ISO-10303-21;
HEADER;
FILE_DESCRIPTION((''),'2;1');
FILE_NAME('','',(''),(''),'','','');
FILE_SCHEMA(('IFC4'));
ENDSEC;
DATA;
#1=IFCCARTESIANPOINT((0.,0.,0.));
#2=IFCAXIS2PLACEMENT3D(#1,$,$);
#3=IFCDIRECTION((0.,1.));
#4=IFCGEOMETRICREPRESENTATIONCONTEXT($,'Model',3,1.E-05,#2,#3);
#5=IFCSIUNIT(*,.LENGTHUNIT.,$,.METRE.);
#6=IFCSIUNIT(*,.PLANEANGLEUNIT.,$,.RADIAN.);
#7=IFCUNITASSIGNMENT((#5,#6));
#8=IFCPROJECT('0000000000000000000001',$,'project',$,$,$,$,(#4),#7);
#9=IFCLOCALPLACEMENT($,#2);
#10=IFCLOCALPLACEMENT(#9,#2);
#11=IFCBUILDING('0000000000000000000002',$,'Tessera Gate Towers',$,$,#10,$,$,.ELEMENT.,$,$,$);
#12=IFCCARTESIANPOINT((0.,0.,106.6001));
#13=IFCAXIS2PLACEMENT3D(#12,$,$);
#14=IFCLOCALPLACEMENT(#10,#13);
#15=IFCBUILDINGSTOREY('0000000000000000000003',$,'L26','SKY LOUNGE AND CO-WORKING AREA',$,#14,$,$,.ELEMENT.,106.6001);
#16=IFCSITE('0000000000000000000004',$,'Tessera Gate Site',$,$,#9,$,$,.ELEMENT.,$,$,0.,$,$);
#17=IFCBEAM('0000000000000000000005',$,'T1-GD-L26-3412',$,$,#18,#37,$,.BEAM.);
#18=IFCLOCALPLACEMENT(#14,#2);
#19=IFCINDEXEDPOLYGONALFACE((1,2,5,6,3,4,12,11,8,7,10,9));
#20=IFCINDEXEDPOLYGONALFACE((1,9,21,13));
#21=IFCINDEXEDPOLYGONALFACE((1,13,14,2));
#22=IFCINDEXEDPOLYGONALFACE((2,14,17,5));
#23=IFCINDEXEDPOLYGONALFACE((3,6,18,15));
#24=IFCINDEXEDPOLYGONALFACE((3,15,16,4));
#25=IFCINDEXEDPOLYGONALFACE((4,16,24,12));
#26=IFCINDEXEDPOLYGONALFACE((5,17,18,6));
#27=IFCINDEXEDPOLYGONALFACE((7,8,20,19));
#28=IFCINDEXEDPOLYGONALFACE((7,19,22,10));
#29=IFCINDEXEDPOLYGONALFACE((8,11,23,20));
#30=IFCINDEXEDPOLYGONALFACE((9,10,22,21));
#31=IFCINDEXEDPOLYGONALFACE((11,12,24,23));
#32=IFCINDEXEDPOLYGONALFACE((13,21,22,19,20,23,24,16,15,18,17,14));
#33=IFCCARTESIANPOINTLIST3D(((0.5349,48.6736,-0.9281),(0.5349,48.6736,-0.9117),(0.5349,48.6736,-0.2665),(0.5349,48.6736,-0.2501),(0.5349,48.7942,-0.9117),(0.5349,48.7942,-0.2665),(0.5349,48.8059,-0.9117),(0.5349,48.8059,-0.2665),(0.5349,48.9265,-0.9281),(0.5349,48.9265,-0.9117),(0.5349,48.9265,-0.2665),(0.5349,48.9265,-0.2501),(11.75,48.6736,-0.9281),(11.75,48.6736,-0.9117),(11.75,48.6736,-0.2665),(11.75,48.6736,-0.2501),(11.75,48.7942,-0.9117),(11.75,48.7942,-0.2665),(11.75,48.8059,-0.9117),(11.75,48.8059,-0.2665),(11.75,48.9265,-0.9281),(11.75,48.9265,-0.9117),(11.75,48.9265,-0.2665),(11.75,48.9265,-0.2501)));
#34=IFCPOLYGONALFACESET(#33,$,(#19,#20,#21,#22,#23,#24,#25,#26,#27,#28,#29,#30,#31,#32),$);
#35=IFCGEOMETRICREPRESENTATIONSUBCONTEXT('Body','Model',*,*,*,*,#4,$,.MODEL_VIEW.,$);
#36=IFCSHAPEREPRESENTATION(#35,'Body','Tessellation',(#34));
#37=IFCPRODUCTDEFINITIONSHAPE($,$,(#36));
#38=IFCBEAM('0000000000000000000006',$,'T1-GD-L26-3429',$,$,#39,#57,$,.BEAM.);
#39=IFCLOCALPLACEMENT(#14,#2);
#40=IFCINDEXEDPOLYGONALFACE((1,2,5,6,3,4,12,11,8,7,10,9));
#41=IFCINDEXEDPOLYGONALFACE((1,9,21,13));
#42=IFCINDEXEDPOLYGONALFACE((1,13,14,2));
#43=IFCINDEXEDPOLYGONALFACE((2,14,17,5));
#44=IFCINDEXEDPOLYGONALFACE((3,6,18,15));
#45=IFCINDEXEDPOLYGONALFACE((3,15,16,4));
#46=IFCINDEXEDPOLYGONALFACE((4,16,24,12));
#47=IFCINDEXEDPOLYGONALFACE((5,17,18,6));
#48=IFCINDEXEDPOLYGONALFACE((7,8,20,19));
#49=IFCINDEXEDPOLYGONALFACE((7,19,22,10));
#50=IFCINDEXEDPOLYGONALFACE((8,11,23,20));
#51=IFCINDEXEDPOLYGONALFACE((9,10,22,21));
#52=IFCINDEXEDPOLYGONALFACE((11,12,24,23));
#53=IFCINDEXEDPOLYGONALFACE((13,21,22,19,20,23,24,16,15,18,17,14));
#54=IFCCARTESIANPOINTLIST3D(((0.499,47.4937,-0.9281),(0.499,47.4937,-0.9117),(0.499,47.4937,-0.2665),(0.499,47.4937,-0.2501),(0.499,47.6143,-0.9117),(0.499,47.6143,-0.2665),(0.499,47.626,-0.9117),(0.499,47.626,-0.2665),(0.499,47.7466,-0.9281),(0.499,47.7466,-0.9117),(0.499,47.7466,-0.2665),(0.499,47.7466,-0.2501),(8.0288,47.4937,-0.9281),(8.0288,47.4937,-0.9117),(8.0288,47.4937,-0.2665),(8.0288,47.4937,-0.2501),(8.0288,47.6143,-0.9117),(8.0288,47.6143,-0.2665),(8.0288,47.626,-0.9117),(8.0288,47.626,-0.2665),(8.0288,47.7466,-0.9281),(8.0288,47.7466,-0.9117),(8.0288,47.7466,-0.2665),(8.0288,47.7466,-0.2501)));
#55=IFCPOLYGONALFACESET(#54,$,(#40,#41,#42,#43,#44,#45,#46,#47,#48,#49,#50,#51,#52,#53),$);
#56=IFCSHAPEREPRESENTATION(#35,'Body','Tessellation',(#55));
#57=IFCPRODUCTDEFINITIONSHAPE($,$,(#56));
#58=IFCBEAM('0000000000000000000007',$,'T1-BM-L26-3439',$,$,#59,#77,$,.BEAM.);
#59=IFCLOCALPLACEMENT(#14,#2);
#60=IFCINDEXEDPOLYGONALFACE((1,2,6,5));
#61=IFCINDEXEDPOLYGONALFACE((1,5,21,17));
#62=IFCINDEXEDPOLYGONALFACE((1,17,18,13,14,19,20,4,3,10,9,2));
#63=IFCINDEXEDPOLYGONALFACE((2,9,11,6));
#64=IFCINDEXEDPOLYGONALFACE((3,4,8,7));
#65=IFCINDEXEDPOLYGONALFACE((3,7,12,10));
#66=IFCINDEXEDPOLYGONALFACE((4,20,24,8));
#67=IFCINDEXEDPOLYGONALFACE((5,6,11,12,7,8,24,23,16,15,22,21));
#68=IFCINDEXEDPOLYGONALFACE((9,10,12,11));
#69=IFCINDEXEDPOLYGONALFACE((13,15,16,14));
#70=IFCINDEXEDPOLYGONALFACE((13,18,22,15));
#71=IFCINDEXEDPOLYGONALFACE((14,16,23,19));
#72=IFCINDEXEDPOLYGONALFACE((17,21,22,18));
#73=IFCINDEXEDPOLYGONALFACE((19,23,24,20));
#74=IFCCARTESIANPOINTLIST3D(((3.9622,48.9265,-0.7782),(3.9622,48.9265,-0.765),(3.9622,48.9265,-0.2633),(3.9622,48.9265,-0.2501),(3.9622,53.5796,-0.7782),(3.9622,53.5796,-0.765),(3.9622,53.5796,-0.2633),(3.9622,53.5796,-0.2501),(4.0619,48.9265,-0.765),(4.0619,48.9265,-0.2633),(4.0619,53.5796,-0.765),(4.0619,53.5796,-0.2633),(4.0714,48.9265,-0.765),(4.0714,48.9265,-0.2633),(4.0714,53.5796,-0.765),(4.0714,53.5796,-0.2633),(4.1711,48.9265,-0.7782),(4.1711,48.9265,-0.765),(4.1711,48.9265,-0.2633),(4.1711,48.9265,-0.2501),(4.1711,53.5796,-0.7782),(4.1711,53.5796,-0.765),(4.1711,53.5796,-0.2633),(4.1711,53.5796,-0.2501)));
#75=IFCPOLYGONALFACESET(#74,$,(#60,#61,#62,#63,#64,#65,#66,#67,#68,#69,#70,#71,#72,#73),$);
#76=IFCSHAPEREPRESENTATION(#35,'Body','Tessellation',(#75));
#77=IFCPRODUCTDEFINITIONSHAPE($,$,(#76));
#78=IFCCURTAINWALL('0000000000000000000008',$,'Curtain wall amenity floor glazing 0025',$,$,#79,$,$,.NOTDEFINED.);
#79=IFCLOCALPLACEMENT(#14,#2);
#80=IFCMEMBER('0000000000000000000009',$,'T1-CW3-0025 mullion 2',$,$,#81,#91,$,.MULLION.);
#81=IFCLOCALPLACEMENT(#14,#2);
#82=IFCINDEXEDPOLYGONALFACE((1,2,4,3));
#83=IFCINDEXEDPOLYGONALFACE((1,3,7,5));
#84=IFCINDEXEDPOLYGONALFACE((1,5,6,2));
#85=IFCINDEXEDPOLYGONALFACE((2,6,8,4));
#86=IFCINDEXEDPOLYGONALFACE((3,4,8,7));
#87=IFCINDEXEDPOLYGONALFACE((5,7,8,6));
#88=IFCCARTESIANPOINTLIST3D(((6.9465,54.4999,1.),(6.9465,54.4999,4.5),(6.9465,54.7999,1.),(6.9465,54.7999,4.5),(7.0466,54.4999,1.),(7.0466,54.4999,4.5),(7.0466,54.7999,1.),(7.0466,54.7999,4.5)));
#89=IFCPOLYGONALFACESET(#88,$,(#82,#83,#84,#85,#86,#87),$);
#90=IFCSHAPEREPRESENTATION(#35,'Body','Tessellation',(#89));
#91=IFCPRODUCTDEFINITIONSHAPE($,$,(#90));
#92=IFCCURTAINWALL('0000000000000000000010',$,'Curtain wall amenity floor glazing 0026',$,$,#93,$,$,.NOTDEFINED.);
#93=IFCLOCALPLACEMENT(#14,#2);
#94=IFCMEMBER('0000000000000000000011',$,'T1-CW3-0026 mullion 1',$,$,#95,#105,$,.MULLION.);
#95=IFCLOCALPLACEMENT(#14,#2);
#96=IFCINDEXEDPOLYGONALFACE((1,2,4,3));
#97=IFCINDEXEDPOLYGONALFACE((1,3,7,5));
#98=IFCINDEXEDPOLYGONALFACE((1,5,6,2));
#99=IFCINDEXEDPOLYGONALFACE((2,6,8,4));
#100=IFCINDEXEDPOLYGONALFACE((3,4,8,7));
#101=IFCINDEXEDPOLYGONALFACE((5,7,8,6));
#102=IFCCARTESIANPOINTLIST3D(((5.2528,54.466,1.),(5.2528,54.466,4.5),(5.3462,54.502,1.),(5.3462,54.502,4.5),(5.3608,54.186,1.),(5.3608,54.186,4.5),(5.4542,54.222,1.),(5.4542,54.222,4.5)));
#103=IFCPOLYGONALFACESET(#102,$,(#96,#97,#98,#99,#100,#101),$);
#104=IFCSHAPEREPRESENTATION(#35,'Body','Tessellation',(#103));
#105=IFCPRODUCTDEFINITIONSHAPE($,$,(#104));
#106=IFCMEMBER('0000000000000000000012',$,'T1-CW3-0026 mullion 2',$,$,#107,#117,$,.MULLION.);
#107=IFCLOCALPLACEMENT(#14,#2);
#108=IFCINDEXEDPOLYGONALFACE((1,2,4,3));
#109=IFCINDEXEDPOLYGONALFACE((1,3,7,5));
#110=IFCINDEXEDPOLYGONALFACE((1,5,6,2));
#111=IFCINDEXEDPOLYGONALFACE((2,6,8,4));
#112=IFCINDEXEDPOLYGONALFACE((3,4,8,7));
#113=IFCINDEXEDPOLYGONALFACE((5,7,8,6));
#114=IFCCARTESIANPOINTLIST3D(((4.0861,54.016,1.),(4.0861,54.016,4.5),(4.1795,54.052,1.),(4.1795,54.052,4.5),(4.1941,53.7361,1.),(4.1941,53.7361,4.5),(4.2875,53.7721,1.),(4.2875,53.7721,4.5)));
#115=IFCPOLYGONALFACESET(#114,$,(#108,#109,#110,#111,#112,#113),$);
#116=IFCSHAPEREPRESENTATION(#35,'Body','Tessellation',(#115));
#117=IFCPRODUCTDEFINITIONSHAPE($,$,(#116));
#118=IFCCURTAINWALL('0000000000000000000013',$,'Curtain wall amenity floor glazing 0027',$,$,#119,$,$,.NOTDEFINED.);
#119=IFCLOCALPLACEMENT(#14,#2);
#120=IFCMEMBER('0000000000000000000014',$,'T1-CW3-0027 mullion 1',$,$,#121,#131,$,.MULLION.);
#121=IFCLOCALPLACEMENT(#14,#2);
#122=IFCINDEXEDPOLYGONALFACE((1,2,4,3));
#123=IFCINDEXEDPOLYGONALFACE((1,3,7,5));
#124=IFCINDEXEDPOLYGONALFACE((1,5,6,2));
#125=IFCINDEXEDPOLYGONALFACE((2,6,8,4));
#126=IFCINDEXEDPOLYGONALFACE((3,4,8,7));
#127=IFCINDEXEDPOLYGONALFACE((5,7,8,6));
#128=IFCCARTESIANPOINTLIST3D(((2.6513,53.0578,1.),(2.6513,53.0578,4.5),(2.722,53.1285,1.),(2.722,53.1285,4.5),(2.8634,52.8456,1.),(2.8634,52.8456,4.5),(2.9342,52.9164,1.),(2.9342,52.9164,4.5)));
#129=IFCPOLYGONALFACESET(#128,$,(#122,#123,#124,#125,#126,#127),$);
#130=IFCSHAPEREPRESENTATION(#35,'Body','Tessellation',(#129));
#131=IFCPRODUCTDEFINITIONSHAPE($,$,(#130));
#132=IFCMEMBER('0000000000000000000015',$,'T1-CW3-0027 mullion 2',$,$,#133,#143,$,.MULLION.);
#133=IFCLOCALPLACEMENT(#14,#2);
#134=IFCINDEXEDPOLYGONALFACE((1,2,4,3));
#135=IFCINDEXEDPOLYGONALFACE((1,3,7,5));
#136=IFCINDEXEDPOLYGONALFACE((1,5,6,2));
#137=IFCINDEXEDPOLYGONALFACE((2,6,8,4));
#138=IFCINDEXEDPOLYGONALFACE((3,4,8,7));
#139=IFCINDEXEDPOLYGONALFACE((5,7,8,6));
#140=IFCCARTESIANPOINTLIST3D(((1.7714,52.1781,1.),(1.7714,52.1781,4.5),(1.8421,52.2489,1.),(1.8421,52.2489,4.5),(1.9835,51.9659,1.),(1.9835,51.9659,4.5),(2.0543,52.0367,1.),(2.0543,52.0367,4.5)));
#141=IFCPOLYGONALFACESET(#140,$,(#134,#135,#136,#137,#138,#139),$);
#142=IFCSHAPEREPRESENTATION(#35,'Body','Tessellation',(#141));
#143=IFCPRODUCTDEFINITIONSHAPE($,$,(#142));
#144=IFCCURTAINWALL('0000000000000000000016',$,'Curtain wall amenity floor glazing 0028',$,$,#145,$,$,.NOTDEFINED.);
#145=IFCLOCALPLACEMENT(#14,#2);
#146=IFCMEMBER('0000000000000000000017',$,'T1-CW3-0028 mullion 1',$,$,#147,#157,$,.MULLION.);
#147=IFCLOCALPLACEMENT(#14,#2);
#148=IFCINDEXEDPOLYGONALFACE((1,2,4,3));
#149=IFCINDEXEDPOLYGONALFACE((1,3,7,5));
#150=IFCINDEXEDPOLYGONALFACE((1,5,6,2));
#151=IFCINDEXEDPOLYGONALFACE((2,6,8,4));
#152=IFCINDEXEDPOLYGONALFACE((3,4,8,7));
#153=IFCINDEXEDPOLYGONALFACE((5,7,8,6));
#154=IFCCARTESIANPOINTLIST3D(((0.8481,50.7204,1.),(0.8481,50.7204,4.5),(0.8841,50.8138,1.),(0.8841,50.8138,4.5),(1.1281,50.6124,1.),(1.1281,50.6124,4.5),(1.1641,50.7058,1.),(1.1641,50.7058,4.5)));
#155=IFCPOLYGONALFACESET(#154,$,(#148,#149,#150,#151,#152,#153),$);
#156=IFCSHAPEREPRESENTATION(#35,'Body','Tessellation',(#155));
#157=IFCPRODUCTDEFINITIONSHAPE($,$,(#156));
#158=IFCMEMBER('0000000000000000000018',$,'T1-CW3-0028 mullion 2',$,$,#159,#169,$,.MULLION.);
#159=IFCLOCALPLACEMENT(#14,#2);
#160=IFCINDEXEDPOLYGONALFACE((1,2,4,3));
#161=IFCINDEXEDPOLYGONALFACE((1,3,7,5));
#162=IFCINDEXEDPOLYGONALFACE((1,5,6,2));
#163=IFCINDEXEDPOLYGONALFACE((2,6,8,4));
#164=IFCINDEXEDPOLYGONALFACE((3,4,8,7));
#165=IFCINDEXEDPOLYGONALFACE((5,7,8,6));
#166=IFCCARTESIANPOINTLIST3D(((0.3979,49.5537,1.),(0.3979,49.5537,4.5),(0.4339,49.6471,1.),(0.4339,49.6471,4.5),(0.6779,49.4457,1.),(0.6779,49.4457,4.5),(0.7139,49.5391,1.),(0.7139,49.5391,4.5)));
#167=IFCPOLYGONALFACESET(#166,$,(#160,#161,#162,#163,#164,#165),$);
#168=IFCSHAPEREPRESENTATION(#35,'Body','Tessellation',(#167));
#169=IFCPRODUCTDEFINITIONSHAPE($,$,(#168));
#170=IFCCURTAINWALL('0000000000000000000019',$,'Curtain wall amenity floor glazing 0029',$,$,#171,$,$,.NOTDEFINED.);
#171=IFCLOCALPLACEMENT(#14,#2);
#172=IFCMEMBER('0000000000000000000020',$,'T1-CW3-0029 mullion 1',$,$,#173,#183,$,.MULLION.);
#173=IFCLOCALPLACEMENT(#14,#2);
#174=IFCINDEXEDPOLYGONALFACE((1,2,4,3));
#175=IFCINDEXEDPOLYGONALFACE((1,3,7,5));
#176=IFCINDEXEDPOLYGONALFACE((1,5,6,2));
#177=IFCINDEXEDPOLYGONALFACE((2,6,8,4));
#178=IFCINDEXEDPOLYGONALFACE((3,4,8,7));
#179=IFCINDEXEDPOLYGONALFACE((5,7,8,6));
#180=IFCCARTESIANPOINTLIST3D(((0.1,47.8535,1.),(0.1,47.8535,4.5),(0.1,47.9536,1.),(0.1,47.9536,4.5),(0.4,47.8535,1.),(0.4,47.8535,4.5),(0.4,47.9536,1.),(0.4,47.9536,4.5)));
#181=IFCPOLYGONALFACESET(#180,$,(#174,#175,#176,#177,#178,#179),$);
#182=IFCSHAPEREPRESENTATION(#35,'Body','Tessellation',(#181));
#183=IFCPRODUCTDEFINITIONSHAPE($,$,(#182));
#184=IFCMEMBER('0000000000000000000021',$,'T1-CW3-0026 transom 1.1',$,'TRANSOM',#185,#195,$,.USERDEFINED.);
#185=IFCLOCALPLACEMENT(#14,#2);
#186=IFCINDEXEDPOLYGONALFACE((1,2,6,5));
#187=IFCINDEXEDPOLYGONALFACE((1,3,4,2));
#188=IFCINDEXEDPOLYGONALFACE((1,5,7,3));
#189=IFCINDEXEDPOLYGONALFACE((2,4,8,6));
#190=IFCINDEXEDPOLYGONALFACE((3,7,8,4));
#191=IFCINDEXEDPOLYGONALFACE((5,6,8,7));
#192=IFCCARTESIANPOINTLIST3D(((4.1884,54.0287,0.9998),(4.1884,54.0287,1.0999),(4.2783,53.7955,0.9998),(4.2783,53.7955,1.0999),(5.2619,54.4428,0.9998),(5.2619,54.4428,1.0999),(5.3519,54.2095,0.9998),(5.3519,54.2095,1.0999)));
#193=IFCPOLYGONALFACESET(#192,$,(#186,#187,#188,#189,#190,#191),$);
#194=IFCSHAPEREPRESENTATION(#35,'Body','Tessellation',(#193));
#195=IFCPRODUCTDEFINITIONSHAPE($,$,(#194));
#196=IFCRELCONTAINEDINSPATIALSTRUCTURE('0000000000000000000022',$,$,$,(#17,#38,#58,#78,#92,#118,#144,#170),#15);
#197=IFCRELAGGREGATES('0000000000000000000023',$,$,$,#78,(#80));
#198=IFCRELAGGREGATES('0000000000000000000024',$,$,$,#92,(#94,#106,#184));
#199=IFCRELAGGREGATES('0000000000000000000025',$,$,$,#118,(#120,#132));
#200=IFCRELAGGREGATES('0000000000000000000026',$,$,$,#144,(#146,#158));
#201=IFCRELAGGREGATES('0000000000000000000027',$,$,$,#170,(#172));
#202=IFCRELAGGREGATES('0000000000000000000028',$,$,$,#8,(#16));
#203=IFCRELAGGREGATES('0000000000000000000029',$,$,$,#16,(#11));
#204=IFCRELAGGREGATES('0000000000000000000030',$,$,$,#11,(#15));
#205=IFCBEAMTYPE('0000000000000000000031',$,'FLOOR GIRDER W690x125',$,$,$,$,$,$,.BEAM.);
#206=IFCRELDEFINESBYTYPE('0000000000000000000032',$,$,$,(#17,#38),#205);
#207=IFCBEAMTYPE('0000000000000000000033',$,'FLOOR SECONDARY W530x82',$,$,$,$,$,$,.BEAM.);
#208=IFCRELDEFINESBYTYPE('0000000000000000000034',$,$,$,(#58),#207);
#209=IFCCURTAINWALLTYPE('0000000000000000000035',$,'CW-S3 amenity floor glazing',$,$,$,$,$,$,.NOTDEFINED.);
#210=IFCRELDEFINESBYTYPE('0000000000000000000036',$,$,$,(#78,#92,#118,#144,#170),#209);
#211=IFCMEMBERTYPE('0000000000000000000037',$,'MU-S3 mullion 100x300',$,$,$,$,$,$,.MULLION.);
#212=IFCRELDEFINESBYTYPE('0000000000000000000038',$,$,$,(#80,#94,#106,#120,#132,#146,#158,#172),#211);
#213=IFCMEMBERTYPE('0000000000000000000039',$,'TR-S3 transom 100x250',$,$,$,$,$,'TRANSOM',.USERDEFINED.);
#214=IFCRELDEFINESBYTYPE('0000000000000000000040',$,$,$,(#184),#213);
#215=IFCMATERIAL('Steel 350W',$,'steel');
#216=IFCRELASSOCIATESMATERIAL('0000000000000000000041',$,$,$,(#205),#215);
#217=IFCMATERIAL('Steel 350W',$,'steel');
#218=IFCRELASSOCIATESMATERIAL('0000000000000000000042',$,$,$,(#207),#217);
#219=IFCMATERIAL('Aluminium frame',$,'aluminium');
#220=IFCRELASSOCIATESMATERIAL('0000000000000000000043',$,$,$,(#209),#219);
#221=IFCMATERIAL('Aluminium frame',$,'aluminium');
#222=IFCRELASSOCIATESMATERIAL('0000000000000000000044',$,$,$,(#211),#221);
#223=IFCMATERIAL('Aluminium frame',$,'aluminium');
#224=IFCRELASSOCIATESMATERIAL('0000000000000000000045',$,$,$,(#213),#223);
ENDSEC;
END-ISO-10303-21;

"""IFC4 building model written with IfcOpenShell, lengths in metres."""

from ifc_helpers import new_model, si_unit, direction, frame, origin, origin_2d, place, context, subcontext, project, spatial, rectangle, i_section, extrude, material, material_profile, profile_set, type_object, element, aggregate, save


model = new_model("IFC4")

# Units and contexts
model_context = context("Model", 3, precision=1e-05, world=origin(), true_north=direction((0.0, 1.0)))
body_context = subcontext(model_context, "Body", "Model", "MODEL_VIEW")
ifc_project = project(units=[si_unit("LENGTHUNIT", "METRE"), si_unit("PLANEANGLEUNIT", "RADIAN")], contexts=[model_context])

# Site, building, storey
site_placement = place(None, origin())
site = spatial("IfcSite", under=ifc_project, at=site_placement, Name="Tessera Gate Site", CompositionType="ELEMENT", RefElevation=0.0)
building_placement = place(site_placement, origin())
building = spatial("IfcBuilding", under=site, at=building_placement, Name="Tessera Gate Towers", CompositionType="ELEMENT")
storey_placement = place(building_placement, frame((0.0, 0.0, 106.6001)))
storey = spatial("IfcBuildingStorey", under=building, at=storey_placement, Name="L26", Description="SKY LOUNGE AND CO-WORKING AREA", CompositionType="ELEMENT", Elevation=106.6001)

# Beams
ifc_material_1 = material(Name="Steel 350W", Category="steel")
ifc_material_profile_1 = material_profile(ifc_material_1, i_section(OverallWidth=0.2529, OverallDepth=0.678, WebThickness=0.0117, FlangeThickness=0.0164, at=origin_2d()), Name="W690x125")
ifc_profile_set_1 = profile_set([ifc_material_profile_1], Name="Steel 350W")
beam_type_1 = type_object("IfcBeamType", Name="FLOOR GIRDER W690x125", PredefinedType="BEAM", material=ifc_profile_set_1)
beam_1_placement = place(storey_placement, frame((0.5349, 48.8, -0.5891), z_axis=(1.0, 0.0, 0.0), x_axis=(0.0, 1.0, 0.0)))
element("IfcBeam", 1, at=beam_1_placement, inside=storey, type_object=beam_type_1, Name="T1-GD-L26-3412", PredefinedType="BEAM", context=body_context, shape_type="SweptSolid", body=[
    extrude(i_section(OverallWidth=0.2529, OverallDepth=0.678, WebThickness=0.0117, FlangeThickness=0.0164, at=origin_2d()), origin(), (0.0, 0.0, 1.0), 11.2151),
])
beam_2_placement = place(storey_placement, frame((0.499, 47.6201, -0.5891), z_axis=(1.0, 0.0, 0.0), x_axis=(0.0, 1.0, 0.0)))
element("IfcBeam", 2, at=beam_2_placement, inside=storey, type_object=beam_type_1, Name="T1-GD-L26-3429", PredefinedType="BEAM", context=body_context, shape_type="SweptSolid", body=[
    extrude(i_section(OverallWidth=0.2529, OverallDepth=0.678, WebThickness=0.0117, FlangeThickness=0.0164, at=origin_2d()), origin(), (0.0, 0.0, 1.0), 7.5298),
])
ifc_material_2 = material(Name="Steel 350W", Category="steel")
ifc_material_profile_2 = material_profile(ifc_material_2, i_section(OverallWidth=0.209, OverallDepth=0.5281, WebThickness=0.0095, FlangeThickness=0.0132, at=origin_2d()), Name="W530x82")
ifc_profile_set_2 = profile_set([ifc_material_profile_2], Name="Steel 350W")
beam_type_2 = type_object("IfcBeamType", Name="FLOOR SECONDARY W530x82", PredefinedType="BEAM", material=ifc_profile_set_2)
beam_3_placement = place(storey_placement, frame((4.0667, 48.9265, -0.5142), z_axis=(0.0, 1.0, 0.0), x_axis=(-1.0, 0.0, 0.0)))
element("IfcBeam", 3, at=beam_3_placement, inside=storey, type_object=beam_type_2, Name="T1-BM-L26-3439", PredefinedType="BEAM", context=body_context, shape_type="SweptSolid", body=[
    extrude(i_section(OverallWidth=0.209, OverallDepth=0.5281, WebThickness=0.0095, FlangeThickness=0.0132, at=origin_2d()), origin(), (0.0, 0.0, 1.0), 4.6531),
])

# Curtain wall, member
ifc_material_3 = material(Name="Aluminium frame", Category="aluminium")
curtain_wall_type = type_object("IfcCurtainWallType", Name="CW-S3 amenity floor glazing", PredefinedType="NOTDEFINED", material=ifc_material_3)
curtain_wall_1_placement = place(storey_placement, origin())
curtain_wall_1 = element("IfcCurtainWall", 4, at=curtain_wall_1_placement, inside=storey, type_object=curtain_wall_type, Name="Curtain wall amenity floor glazing 0025", PredefinedType="NOTDEFINED")
ifc_material_4 = material(Name="Aluminium frame", Category="aluminium")
ifc_material_profile_3 = material_profile(ifc_material_4, rectangle(XDim=0.1001, YDim=0.3, at=origin_2d()), Name="AL 100x300")
ifc_profile_set_3 = profile_set([ifc_material_profile_3], Name="Aluminium frame")
member_type_1 = type_object("IfcMemberType", Name="MU-S3 mullion 100x300", PredefinedType="MULLION", material=ifc_profile_set_3)
member_1_placement = place(storey_placement, frame((6.9966, 54.6499, 1.0), z_axis=(0.0, 0.0, 1.0), x_axis=(-1.0, 0.0, 0.0)))
member_1 = element("IfcMember", 5, at=member_1_placement, type_object=member_type_1, Name="T1-CW3-0025 mullion 2", PredefinedType="MULLION", context=body_context, shape_type="SweptSolid", body=[
    extrude(rectangle(XDim=0.1001, YDim=0.3, at=origin_2d()), origin(), (0.0, 0.0, 1.0), 3.5),
])
aggregate(curtain_wall_1, [member_1])

# Curtain walls, members
curtain_wall_2_placement = place(storey_placement, origin())
curtain_wall_2 = element("IfcCurtainWall", 6, at=curtain_wall_2_placement, inside=storey, type_object=curtain_wall_type, Name="Curtain wall amenity floor glazing 0026", PredefinedType="NOTDEFINED")
member_2_placement = place(storey_placement, frame((5.3535, 54.344, 1.0), z_axis=(0.0, 0.0, 1.0), x_axis=(-0.932989, -0.359904, 0.0)))
member_2 = element("IfcMember", 7, at=member_2_placement, type_object=member_type_1, Name="T1-CW3-0026 mullion 1", PredefinedType="MULLION", context=body_context, shape_type="SweptSolid", body=[
    extrude(rectangle(XDim=0.1001, YDim=0.3, at=origin_2d()), origin(), (0.0, 0.0, 1.0), 3.5),
])
member_3_placement = place(storey_placement, frame((4.1868, 53.894, 1.0), z_axis=(0.0, 0.0, 1.0), x_axis=(-0.932989, -0.359904, 0.0)))
member_3 = element("IfcMember", 8, at=member_3_placement, type_object=member_type_1, Name="T1-CW3-0026 mullion 2", PredefinedType="MULLION", context=body_context, shape_type="SweptSolid", body=[
    extrude(rectangle(XDim=0.1001, YDim=0.3, at=origin_2d()), origin(), (0.0, 0.0, 1.0), 3.5),
])
curtain_wall_3_placement = place(storey_placement, origin())
curtain_wall_3 = element("IfcCurtainWall", 9, at=curtain_wall_3_placement, inside=storey, type_object=curtain_wall_type, Name="Curtain wall amenity floor glazing 0027", PredefinedType="NOTDEFINED")
member_4_placement = place(storey_placement, frame((2.7927, 52.9871, 1.0), z_axis=(0.0, 0.0, 1.0), x_axis=(-0.707107, -0.707107, 0.0)))
member_4 = element("IfcMember", 10, at=member_4_placement, type_object=member_type_1, Name="T1-CW3-0027 mullion 1", PredefinedType="MULLION", context=body_context, shape_type="SweptSolid", body=[
    extrude(rectangle(XDim=0.1001, YDim=0.3, at=origin_2d()), origin(), (0.0, 0.0, 1.0), 3.5),
])
member_5_placement = place(storey_placement, frame((1.9128, 52.1074, 1.0), z_axis=(0.0, 0.0, 1.0), x_axis=(-0.707107, -0.707107, 0.0)))
member_5 = element("IfcMember", 11, at=member_5_placement, type_object=member_type_1, Name="T1-CW3-0027 mullion 2", PredefinedType="MULLION", context=body_context, shape_type="SweptSolid", body=[
    extrude(rectangle(XDim=0.1001, YDim=0.3, at=origin_2d()), origin(), (0.0, 0.0, 1.0), 3.5),
])
curtain_wall_4_placement = place(storey_placement, origin())
curtain_wall_4 = element("IfcCurtainWall", 12, at=curtain_wall_4_placement, inside=storey, type_object=curtain_wall_type, Name="Curtain wall amenity floor glazing 0028", PredefinedType="NOTDEFINED")
member_6_placement = place(storey_placement, frame((1.0061, 50.7131, 1.0), z_axis=(0.0, 0.0, 1.0), x_axis=(-0.359904, -0.932989, 0.0)))
member_6 = element("IfcMember", 13, at=member_6_placement, type_object=member_type_1, Name="T1-CW3-0028 mullion 1", PredefinedType="MULLION", context=body_context, shape_type="SweptSolid", body=[
    extrude(rectangle(XDim=0.1001, YDim=0.3, at=origin_2d()), origin(), (0.0, 0.0, 1.0), 3.5),
])
member_7_placement = place(storey_placement, frame((0.5559, 49.5464, 1.0), z_axis=(0.0, 0.0, 1.0), x_axis=(-0.359904, -0.932989, 0.0)))
member_7 = element("IfcMember", 14, at=member_7_placement, type_object=member_type_1, Name="T1-CW3-0028 mullion 2", PredefinedType="MULLION", context=body_context, shape_type="SweptSolid", body=[
    extrude(rectangle(XDim=0.1001, YDim=0.3, at=origin_2d()), origin(), (0.0, 0.0, 1.0), 3.5),
])

# Curtain wall, member
curtain_wall_5_placement = place(storey_placement, origin())
curtain_wall_5 = element("IfcCurtainWall", 15, at=curtain_wall_5_placement, inside=storey, type_object=curtain_wall_type, Name="Curtain wall amenity floor glazing 0029", PredefinedType="NOTDEFINED")
member_8_placement = place(storey_placement, frame((0.25, 47.9036, 1.0), z_axis=(0.0, 0.0, 1.0), x_axis=(0.0, -1.0, 0.0)))
member_8 = element("IfcMember", 16, at=member_8_placement, type_object=member_type_1, Name="T1-CW3-0029 mullion 1", PredefinedType="MULLION", context=body_context, shape_type="SweptSolid", body=[
    extrude(rectangle(XDim=0.1001, YDim=0.3, at=origin_2d()), origin(), (0.0, 0.0, 1.0), 3.5),
])

# Member
ifc_material_5 = material(Name="Aluminium frame", Category="aluminium")
ifc_material_profile_4 = material_profile(ifc_material_5, rectangle(XDim=0.25, YDim=0.1001, at=origin_2d()), Name="AL 100x250")
ifc_profile_set_4 = profile_set([ifc_material_profile_4], Name="Aluminium frame")
member_type_2 = type_object("IfcMemberType", Name="TR-S3 transom 100x250", ElementType="TRANSOM", PredefinedType="USERDEFINED", material=ifc_profile_set_4)
member_9_placement = place(storey_placement, frame((5.3069, 54.3262, 1.0498), z_axis=(-0.933001, -0.359875, 0.0), x_axis=(0.359875, -0.933001, 0.0)))
member_9 = element("IfcMember", 17, at=member_9_placement, type_object=member_type_2, Name="T1-CW3-0026 transom 1.1", ObjectType="TRANSOM", PredefinedType="USERDEFINED", context=body_context, shape_type="SweptSolid", body=[
    extrude(rectangle(XDim=0.25, YDim=0.1001, at=origin_2d()), origin(), (0.0, 0.0, 1.0), 1.1506),
])

aggregate(curtain_wall_2, [member_2, member_3, member_9])
aggregate(curtain_wall_3, [member_4, member_5])
aggregate(curtain_wall_4, [member_6, member_7])
aggregate(curtain_wall_5, [member_8])

save(model, "model.ifc")
